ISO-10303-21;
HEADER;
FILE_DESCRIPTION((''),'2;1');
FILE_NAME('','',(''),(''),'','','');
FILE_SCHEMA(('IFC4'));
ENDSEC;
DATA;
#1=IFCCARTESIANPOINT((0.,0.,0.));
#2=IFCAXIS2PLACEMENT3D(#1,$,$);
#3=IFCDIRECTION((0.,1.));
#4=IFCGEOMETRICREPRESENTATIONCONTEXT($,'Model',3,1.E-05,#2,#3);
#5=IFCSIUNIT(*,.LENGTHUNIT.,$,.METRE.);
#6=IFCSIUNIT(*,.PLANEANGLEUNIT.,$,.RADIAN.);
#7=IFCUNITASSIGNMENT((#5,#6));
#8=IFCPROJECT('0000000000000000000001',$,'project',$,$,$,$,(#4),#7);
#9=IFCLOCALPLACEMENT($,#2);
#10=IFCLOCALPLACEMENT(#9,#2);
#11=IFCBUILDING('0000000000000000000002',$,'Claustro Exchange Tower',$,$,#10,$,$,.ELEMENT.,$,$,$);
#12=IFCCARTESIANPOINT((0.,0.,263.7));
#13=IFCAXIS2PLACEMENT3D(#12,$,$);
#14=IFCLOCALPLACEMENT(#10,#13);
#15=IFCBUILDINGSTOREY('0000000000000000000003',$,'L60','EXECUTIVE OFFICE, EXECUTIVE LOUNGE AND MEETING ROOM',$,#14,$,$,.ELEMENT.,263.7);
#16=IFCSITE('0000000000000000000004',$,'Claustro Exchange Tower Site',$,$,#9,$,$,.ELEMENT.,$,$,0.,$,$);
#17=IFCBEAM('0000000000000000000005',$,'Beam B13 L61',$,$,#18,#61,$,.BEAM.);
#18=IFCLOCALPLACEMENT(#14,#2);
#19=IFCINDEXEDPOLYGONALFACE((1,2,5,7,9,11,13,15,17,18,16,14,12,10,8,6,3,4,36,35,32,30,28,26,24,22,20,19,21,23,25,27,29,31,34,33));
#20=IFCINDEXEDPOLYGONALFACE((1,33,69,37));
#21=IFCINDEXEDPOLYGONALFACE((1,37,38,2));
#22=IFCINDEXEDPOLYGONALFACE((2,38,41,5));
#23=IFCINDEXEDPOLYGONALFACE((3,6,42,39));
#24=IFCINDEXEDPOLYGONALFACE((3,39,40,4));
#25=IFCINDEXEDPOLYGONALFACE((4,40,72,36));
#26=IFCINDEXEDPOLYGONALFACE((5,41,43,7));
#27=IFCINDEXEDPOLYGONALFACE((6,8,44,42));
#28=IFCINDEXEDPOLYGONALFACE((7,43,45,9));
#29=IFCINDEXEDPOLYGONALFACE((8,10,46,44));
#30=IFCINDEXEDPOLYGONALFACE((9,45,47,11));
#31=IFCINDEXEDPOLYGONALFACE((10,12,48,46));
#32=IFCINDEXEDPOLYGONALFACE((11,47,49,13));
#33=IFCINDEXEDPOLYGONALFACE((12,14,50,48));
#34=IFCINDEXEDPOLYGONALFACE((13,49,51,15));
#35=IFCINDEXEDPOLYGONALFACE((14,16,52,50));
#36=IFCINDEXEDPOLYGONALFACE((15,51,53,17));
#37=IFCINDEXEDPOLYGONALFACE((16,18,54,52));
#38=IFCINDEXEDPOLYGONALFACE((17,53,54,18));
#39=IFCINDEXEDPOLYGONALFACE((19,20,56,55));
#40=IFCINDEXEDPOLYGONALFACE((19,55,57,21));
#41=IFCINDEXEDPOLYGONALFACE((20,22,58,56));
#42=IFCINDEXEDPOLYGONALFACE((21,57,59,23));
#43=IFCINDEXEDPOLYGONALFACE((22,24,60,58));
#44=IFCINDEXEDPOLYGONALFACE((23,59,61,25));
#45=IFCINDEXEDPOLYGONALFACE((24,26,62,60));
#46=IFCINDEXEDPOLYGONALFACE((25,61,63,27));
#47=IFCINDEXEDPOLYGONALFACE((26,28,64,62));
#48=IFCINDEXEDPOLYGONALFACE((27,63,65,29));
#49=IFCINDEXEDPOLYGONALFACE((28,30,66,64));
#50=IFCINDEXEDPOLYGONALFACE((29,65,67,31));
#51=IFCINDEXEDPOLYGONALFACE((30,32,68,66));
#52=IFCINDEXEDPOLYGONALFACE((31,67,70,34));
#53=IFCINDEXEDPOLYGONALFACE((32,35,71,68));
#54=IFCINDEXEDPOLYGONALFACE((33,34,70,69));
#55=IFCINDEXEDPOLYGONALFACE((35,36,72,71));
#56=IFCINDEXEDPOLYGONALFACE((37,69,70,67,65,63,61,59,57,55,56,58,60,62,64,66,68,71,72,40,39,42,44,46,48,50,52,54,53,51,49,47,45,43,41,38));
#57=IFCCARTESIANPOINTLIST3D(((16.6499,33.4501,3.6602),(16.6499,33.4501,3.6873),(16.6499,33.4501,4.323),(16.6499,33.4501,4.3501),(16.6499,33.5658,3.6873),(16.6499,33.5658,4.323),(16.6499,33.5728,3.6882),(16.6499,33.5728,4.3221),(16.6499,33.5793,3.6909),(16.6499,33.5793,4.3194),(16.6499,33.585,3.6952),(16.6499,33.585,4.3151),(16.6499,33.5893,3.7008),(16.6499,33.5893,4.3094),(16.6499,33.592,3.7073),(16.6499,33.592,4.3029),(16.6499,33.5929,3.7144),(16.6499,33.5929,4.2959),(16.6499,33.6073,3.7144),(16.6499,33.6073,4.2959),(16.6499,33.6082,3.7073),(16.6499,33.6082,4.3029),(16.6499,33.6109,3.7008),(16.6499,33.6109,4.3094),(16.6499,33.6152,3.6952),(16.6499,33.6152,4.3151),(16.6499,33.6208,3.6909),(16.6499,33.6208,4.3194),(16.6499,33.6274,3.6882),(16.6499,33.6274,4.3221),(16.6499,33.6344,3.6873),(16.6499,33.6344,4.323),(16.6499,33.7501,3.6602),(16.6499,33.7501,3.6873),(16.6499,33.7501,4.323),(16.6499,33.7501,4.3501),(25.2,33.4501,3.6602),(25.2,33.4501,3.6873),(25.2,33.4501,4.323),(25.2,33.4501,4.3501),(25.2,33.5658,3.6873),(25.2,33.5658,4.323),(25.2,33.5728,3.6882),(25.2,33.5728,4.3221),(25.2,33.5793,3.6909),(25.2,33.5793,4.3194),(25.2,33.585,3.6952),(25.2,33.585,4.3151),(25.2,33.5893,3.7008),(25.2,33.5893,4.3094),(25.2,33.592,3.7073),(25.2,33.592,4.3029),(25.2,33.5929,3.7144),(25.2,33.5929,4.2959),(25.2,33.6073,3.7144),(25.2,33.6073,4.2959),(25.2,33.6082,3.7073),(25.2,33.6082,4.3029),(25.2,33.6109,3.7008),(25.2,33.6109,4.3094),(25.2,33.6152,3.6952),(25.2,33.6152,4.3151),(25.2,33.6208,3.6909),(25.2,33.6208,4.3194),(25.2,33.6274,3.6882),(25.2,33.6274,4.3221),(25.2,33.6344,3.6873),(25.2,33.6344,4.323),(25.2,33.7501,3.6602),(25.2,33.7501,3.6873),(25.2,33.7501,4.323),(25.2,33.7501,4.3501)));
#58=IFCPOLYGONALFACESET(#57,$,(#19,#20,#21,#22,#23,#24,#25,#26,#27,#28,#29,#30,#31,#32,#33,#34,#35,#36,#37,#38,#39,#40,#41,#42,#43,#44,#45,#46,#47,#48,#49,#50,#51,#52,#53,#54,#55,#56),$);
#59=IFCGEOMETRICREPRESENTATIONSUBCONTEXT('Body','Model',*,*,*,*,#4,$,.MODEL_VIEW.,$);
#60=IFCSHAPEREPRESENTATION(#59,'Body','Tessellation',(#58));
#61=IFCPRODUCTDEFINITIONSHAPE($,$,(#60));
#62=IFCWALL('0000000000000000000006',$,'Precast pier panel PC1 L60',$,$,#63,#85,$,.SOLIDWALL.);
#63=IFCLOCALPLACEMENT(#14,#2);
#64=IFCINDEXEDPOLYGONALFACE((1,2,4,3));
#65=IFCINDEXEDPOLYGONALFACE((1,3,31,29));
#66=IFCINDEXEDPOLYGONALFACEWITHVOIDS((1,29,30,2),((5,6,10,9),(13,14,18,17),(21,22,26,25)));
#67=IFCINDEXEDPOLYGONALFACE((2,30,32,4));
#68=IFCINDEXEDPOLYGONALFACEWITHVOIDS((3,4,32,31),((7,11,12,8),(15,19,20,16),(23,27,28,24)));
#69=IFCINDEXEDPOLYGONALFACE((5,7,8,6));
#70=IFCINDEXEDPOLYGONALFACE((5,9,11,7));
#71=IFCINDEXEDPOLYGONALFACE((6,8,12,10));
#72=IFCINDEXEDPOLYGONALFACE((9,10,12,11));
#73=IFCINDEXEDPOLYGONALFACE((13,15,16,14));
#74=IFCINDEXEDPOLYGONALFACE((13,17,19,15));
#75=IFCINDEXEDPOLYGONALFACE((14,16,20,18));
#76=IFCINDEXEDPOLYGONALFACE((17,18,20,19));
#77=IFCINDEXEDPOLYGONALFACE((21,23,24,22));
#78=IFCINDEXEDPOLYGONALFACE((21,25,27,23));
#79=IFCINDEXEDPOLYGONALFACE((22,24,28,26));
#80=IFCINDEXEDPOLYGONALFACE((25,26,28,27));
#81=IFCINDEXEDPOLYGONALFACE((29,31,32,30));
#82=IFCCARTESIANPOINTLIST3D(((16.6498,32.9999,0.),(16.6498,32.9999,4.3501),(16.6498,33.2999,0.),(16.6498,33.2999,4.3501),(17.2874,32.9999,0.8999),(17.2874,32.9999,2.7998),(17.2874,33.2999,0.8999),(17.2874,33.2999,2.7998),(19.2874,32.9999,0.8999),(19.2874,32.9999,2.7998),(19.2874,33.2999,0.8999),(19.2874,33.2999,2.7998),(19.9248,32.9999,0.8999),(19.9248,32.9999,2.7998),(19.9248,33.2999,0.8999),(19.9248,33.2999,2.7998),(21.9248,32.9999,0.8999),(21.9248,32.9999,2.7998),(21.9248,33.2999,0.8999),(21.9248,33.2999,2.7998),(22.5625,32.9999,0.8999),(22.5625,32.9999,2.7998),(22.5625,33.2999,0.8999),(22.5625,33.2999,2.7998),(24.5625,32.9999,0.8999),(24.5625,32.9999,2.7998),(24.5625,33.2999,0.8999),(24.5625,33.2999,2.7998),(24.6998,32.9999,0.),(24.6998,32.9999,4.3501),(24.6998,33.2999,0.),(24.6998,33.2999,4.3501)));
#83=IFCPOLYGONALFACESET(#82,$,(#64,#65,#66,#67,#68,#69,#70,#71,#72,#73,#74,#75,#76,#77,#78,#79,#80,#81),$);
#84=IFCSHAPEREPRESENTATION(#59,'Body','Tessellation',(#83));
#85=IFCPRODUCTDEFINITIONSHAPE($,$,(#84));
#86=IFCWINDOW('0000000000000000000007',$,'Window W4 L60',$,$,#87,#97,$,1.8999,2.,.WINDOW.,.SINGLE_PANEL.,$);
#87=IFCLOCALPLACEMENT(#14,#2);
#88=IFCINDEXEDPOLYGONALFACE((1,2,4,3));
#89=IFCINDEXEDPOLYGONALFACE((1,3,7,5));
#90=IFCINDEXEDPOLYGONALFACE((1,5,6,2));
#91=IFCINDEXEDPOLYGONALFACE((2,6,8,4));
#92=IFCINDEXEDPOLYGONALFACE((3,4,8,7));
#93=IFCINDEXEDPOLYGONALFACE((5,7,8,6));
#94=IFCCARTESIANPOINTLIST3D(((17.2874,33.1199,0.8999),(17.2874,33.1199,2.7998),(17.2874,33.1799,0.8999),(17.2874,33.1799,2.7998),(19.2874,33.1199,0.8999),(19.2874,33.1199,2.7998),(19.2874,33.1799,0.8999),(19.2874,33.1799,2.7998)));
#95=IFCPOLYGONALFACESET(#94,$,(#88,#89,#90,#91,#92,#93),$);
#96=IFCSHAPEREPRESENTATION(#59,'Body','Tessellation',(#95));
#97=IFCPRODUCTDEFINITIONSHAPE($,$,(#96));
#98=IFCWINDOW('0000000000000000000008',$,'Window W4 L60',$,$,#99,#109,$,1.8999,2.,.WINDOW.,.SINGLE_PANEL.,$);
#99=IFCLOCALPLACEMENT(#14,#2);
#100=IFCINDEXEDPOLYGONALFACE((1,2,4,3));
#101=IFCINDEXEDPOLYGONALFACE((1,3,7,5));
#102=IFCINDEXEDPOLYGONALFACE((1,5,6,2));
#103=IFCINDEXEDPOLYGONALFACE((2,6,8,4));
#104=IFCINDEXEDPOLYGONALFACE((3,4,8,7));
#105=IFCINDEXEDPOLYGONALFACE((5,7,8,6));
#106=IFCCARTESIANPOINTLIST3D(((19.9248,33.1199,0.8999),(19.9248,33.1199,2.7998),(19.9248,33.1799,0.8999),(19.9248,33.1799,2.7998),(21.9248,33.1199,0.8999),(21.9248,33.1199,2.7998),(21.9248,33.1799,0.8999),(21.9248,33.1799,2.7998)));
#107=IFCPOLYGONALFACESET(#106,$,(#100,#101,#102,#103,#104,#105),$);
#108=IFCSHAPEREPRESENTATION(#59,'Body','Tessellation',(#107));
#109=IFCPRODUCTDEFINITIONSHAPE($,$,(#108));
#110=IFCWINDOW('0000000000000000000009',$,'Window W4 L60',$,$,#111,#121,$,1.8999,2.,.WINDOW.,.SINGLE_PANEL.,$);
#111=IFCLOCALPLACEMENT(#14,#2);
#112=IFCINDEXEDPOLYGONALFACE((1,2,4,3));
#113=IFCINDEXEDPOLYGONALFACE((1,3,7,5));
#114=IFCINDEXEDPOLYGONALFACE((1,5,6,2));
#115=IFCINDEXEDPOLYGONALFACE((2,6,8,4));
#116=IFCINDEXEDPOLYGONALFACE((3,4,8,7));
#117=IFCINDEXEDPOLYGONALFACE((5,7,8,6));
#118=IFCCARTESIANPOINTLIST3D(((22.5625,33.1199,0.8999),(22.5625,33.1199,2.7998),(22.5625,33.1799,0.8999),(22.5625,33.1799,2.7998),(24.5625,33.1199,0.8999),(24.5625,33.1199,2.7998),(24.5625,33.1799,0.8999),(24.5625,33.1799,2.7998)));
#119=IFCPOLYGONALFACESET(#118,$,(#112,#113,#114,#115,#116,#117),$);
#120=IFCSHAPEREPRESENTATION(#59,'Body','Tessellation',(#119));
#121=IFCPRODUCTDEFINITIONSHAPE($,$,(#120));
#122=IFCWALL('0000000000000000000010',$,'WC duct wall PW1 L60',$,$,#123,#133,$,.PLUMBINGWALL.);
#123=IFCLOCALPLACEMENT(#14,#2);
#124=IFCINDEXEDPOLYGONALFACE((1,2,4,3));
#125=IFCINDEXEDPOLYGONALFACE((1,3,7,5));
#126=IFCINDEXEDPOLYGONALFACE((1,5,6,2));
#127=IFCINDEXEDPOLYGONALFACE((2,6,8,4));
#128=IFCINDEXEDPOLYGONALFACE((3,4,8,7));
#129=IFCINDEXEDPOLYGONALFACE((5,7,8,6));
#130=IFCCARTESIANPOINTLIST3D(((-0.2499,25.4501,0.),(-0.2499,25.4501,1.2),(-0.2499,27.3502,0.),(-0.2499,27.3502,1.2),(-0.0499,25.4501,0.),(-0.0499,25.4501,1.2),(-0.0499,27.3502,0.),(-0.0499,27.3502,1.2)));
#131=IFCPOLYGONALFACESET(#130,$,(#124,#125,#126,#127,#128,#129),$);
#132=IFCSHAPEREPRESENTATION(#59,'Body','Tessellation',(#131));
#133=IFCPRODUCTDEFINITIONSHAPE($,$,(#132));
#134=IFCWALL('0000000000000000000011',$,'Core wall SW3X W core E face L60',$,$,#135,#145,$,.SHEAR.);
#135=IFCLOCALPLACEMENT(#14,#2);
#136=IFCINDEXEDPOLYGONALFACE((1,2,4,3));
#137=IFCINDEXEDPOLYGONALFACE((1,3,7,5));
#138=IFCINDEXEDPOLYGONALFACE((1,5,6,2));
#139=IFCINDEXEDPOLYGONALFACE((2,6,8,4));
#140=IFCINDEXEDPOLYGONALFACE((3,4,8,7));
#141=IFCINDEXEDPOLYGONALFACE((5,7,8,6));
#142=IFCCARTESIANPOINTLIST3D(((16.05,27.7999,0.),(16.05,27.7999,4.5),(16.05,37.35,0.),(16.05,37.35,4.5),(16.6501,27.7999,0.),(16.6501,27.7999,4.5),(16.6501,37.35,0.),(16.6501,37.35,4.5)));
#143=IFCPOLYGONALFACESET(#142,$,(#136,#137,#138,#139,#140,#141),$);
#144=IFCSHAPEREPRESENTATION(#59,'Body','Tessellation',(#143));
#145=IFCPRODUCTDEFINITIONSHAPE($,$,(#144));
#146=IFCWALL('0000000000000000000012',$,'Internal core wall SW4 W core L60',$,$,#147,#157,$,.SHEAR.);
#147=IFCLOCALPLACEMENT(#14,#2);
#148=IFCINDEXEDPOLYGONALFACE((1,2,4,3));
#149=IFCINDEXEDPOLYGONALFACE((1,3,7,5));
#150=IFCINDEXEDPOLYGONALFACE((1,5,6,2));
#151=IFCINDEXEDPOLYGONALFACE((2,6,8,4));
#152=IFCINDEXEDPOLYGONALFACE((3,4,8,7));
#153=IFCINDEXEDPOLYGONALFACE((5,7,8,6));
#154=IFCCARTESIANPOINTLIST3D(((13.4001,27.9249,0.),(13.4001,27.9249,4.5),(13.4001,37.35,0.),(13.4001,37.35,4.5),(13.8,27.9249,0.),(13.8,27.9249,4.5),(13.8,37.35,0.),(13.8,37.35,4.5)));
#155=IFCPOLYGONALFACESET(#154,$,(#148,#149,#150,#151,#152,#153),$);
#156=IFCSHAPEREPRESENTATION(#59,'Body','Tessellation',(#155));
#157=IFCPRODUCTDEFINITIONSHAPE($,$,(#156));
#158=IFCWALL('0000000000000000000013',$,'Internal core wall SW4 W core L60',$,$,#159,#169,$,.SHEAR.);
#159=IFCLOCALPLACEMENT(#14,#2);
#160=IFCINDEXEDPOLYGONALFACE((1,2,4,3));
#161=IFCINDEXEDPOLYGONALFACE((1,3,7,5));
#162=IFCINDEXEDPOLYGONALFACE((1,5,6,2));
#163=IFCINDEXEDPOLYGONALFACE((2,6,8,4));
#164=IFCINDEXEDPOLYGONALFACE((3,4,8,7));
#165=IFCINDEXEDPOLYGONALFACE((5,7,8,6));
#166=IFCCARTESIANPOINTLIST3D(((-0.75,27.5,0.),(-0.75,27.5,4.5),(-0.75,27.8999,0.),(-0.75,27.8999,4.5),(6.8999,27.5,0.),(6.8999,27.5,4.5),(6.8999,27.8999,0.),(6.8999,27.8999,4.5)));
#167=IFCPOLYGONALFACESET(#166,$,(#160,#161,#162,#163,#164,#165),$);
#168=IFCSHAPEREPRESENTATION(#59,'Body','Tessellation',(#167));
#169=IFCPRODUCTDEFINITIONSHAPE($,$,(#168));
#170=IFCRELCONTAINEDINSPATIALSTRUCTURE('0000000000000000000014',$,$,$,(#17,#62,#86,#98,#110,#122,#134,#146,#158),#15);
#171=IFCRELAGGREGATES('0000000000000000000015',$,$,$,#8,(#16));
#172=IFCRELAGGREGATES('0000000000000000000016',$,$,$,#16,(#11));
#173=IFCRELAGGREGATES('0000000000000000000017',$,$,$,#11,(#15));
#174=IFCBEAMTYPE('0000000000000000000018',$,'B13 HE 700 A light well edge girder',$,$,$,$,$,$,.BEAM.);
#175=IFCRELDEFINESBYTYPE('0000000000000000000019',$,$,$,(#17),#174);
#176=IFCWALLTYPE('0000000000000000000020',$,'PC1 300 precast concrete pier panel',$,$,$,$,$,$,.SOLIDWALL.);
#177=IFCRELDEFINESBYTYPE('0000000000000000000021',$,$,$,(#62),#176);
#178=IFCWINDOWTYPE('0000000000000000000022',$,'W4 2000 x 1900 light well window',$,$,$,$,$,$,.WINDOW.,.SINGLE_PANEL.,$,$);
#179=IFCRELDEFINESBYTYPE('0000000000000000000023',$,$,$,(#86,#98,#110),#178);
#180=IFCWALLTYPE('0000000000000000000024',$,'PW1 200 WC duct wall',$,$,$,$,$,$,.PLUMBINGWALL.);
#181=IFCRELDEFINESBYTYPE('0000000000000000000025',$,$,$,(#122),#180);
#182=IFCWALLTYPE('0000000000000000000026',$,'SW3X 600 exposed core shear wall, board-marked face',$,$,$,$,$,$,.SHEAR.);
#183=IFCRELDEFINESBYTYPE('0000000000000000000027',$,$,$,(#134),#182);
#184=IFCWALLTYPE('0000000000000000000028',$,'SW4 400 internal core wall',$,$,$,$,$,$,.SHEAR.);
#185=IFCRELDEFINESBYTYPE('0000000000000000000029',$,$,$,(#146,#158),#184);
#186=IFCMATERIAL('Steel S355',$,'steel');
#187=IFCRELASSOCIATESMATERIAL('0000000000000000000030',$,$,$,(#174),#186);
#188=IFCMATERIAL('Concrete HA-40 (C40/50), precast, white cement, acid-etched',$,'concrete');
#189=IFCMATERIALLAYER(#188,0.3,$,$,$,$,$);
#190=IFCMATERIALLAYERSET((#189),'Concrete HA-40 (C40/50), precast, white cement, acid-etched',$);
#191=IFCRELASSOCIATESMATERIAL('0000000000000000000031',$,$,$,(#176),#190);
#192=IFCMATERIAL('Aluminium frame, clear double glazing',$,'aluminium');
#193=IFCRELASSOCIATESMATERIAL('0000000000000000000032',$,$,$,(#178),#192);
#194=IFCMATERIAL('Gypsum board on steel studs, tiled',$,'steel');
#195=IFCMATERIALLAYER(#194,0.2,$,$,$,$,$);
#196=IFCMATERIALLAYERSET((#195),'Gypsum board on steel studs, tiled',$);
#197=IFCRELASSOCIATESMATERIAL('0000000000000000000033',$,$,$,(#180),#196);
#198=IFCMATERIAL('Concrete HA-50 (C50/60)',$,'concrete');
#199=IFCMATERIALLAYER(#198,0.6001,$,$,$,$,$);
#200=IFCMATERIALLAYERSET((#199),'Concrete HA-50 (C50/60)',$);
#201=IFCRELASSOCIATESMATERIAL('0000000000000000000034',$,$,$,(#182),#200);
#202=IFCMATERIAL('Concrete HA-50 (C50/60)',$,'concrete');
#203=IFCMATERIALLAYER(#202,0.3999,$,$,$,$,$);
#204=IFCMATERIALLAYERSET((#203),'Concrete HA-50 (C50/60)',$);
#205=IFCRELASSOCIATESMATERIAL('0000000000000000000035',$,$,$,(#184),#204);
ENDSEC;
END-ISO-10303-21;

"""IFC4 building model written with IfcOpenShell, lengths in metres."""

from ifc_helpers import new_model, si_unit, direction, frame, frame_2d, origin, origin_2d, place, context, subcontext, project, spatial, rectangle, i_section, extrude, material, layer, layer_set, material_profile, profile_set, type_object, element, fill, save


model = new_model("IFC4")

# Units and contexts
model_context = context("Model", 3, precision=1e-05, world=origin(), true_north=direction((0.0, 1.0)))
body_context = subcontext(model_context, "Body", "Model", "MODEL_VIEW")
ifc_project = project(units=[si_unit("LENGTHUNIT", "METRE"), si_unit("PLANEANGLEUNIT", "RADIAN")], contexts=[model_context])

# Site, building, storey
site_placement = place(None, origin())
site = spatial("IfcSite", under=ifc_project, at=site_placement, Name="Claustro Exchange Tower Site", CompositionType="ELEMENT", RefElevation=0.0)
building_placement = place(site_placement, origin())
building = spatial("IfcBuilding", under=site, at=building_placement, Name="Claustro Exchange Tower", CompositionType="ELEMENT")
storey_placement = place(building_placement, frame((0.0, 0.0, 263.7)))
storey = spatial("IfcBuildingStorey", under=building, at=storey_placement, Name="L60", Description="EXECUTIVE OFFICE, EXECUTIVE LOUNGE AND MEETING ROOM", CompositionType="ELEMENT", Elevation=263.7)

# Beam
ifc_material_1 = material(Name="Steel S355", Category="steel")
ifc_material_profile = material_profile(ifc_material_1, i_section(OverallWidth=0.3, OverallDepth=0.6899, WebThickness=0.0144, FlangeThickness=0.0271, FilletRadius=0.0271, at=origin_2d()), Name="HE 700 A")
ifc_profile_set = profile_set([ifc_material_profile], Name="Steel S355")
beam_type = type_object("IfcBeamType", Name="B13 HE 700 A light well edge girder", PredefinedType="BEAM", material=ifc_profile_set)
beam_placement = place(storey_placement, frame((16.6499, 33.6001, 4.0051), z_axis=(1.0, 0.0, 0.0), x_axis=(0.0, 1.0, 0.0)))
element("IfcBeam", 1, at=beam_placement, inside=storey, type_object=beam_type, Name="Beam B13 L61", PredefinedType="BEAM", context=body_context, shape_type="SweptSolid", body=[
    extrude(i_section(OverallWidth=0.3, OverallDepth=0.6899, WebThickness=0.0144, FlangeThickness=0.0271, FilletRadius=0.0271, at=origin_2d()), origin(), (0.0, 0.0, 1.0), 8.55),
])

# Wall, openings, windows
ifc_material_2 = material(Name="Concrete HA-40 (C40/50), precast, white cement, acid-etched", Category="concrete")
ifc_layer_1 = layer(ifc_material_2, 0.3)
ifc_layer_set_1 = layer_set([ifc_layer_1], Name="Concrete HA-40 (C40/50), precast, white cement, acid-etched")
wall_type_1 = type_object("IfcWallType", Name="PC1 300 precast concrete pier panel", PredefinedType="SOLIDWALL", material=ifc_layer_set_1)
wall_1_placement = place(storey_placement, frame((16.6499, 33.1499, 0.0), z_axis=(0.0, 0.0, 1.0), x_axis=(1.0, 0.0, 0.0)))
wall_1 = element("IfcWall", 2, at=wall_1_placement, inside=storey, type_object=wall_type_1, Name="Precast pier panel PC1 L60", PredefinedType="SOLIDWALL", context=body_context, shape_type="SweptSolid", body=[
    extrude(rectangle(XDim=8.05, YDim=0.3, at=frame_2d((4.0249, 0.0))), origin(), (0.0, 0.0, 1.0), 4.3501),
])
opening_1_placement = place(wall_1_placement, frame((0.6375, 0.0, 0.8999)))
opening_1 = element("IfcOpeningElement", 3, at=opening_1_placement, cuts=wall_1, PredefinedType="OPENING", context=body_context, shape_type="SweptSolid", body=[
    extrude(rectangle(XDim=2.0, YDim=1.8999, at=frame_2d((1.0, 0.95))), frame((0.0, 0.1599, 0.0), z_axis=(0.0, -1.0, 0.0), x_axis=(1.0, 0.0, 0.0)), (0.0, 0.0, 1.0), 0.3201),
])
opening_2_placement = place(wall_1_placement, frame((3.2749, 0.0, 0.8999)))
opening_2 = element("IfcOpeningElement", 4, at=opening_2_placement, cuts=wall_1, PredefinedType="OPENING", context=body_context, shape_type="SweptSolid", body=[
    extrude(rectangle(XDim=2.0, YDim=1.8999, at=frame_2d((1.0, 0.95))), frame((0.0, 0.1599, 0.0), z_axis=(0.0, -1.0, 0.0), x_axis=(1.0, 0.0, 0.0)), (0.0, 0.0, 1.0), 0.3201),
])
opening_3_placement = place(wall_1_placement, frame((5.9126, 0.0, 0.8999)))
opening_3 = element("IfcOpeningElement", 5, at=opening_3_placement, cuts=wall_1, PredefinedType="OPENING", context=body_context, shape_type="SweptSolid", body=[
    extrude(rectangle(XDim=2.0, YDim=1.8999, at=frame_2d((1.0, 0.95))), frame((0.0, 0.1599, 0.0), z_axis=(0.0, -1.0, 0.0), x_axis=(1.0, 0.0, 0.0)), (0.0, 0.0, 1.0), 0.3201),
])
ifc_material_3 = material(Name="Aluminium frame, clear double glazing", Category="aluminium")
window_type = type_object("IfcWindowType", Name="W4 2000 x 1900 light well window", PartitioningType="SINGLE_PANEL", PredefinedType="WINDOW", material=ifc_material_3)
window_1_placement = place(opening_1_placement, origin())
window_1 = element("IfcWindow", 6, at=window_1_placement, inside=storey, type_object=window_type, Name="Window W4 L60", OverallHeight=1.8999, OverallWidth=2.0, PartitioningType="SINGLE_PANEL", PredefinedType="WINDOW", context=body_context, shape_type="SweptSolid", body=[
    extrude(rectangle(XDim=2.0, YDim=1.8999, at=frame_2d((1.0, 0.95))), frame((0.0, 0.03, 0.0), z_axis=(0.0, -1.0, 0.0), x_axis=(1.0, 0.0, 0.0)), (0.0, 0.0, 1.0), 0.0601),
])
fill(opening_1, window_1)
window_2_placement = place(opening_2_placement, origin())
window_2 = element("IfcWindow", 7, at=window_2_placement, inside=storey, type_object=window_type, Name="Window W4 L60", OverallHeight=1.8999, OverallWidth=2.0, PartitioningType="SINGLE_PANEL", PredefinedType="WINDOW", context=body_context, shape_type="SweptSolid", body=[
    extrude(rectangle(XDim=2.0, YDim=1.8999, at=frame_2d((1.0, 0.95))), frame((0.0, 0.03, 0.0), z_axis=(0.0, -1.0, 0.0), x_axis=(1.0, 0.0, 0.0)), (0.0, 0.0, 1.0), 0.0601),
])
fill(opening_2, window_2)
window_3_placement = place(opening_3_placement, origin())
window_3 = element("IfcWindow", 8, at=window_3_placement, inside=storey, type_object=window_type, Name="Window W4 L60", OverallHeight=1.8999, OverallWidth=2.0, PartitioningType="SINGLE_PANEL", PredefinedType="WINDOW", context=body_context, shape_type="SweptSolid", body=[
    extrude(rectangle(XDim=2.0, YDim=1.8999, at=frame_2d((1.0, 0.95))), frame((0.0, 0.03, 0.0), z_axis=(0.0, -1.0, 0.0), x_axis=(1.0, 0.0, 0.0)), (0.0, 0.0, 1.0), 0.0601),
])
fill(opening_3, window_3)

# Wall
ifc_material_4 = material(Name="Gypsum board on steel studs, tiled", Category="steel")
ifc_layer_2 = layer(ifc_material_4, 0.2)
ifc_layer_set_2 = layer_set([ifc_layer_2], Name="Gypsum board on steel studs, tiled")
wall_type_2 = type_object("IfcWallType", Name="PW1 200 WC duct wall", PredefinedType="PLUMBINGWALL", material=ifc_layer_set_2)
wall_2_placement = place(storey_placement, frame((-0.1499, 25.45, 0.0), z_axis=(0.0, 0.0, 1.0), x_axis=(0.0, 1.0, 0.0)))
element("IfcWall", 9, at=wall_2_placement, inside=storey, type_object=wall_type_2, Name="WC duct wall PW1 L60", PredefinedType="PLUMBINGWALL", context=body_context, shape_type="SweptSolid", body=[
    extrude(rectangle(XDim=1.9001, YDim=0.2, at=frame_2d((0.9502, 0.0))), origin(), (0.0, 0.0, 1.0), 1.2),
])

# Walls
ifc_material_5 = material(Name="Concrete HA-50 (C50/60)", Category="concrete")
ifc_layer_3 = layer(ifc_material_5, 0.6001)
ifc_layer_set_3 = layer_set([ifc_layer_3], Name="Concrete HA-50 (C50/60)")
wall_type_3 = type_object("IfcWallType", Name="SW3X 600 exposed core shear wall, board-marked face", PredefinedType="SHEAR", material=ifc_layer_set_3)
wall_3_placement = place(storey_placement, frame((16.3501, 27.8, 0.0), z_axis=(0.0, 0.0, 1.0), x_axis=(0.0, 1.0, 0.0)))
element("IfcWall", 10, at=wall_3_placement, inside=storey, type_object=wall_type_3, Name="Core wall SW3X W core E face L60", PredefinedType="SHEAR", context=body_context, shape_type="SweptSolid", body=[
    extrude(rectangle(XDim=9.55, YDim=0.6001, at=frame_2d((4.7749, 0.0))), origin(), (0.0, 0.0, 1.0), 4.5),
])
ifc_material_6 = material(Name="Concrete HA-50 (C50/60)", Category="concrete")
ifc_layer_4 = layer(ifc_material_6, 0.3999)
ifc_layer_set_4 = layer_set([ifc_layer_4], Name="Concrete HA-50 (C50/60)")
wall_type_4 = type_object("IfcWallType", Name="SW4 400 internal core wall", PredefinedType="SHEAR", material=ifc_layer_set_4)
wall_4_placement = place(storey_placement, frame((13.6001, 27.925, 0.0), z_axis=(0.0, 0.0, 1.0), x_axis=(0.0, 1.0, 0.0)))
element("IfcWall", 11, at=wall_4_placement, inside=storey, type_object=wall_type_4, Name="Internal core wall SW4 W core L60", PredefinedType="SHEAR", context=body_context, shape_type="SweptSolid", body=[
    extrude(rectangle(XDim=9.425, YDim=0.3999, at=frame_2d((4.7124, 0.0))), origin(), (0.0, 0.0, 1.0), 4.5),
])
for number, where, z_axis, x_axis, name in (
    (12, (-0.75, 27.7, 0.0), (0.0, 0.0, 1.0), (1.0, 0.0, 0.0), "Internal core wall SW4 W core L60"),
):
    element("IfcWall", number, at=place(storey_placement, frame(where, z_axis=z_axis, x_axis=x_axis)), inside=storey, type_object=wall_type_4, Name=name, PredefinedType="SHEAR", context=body_context, shape_type="SweptSolid", body=[
        extrude(rectangle(XDim=7.6499, YDim=0.3999, at=frame_2d((3.825, 0.0))), origin(), (0.0, 0.0, 1.0), 4.5),
    ])

save(model, "model.ifc")
